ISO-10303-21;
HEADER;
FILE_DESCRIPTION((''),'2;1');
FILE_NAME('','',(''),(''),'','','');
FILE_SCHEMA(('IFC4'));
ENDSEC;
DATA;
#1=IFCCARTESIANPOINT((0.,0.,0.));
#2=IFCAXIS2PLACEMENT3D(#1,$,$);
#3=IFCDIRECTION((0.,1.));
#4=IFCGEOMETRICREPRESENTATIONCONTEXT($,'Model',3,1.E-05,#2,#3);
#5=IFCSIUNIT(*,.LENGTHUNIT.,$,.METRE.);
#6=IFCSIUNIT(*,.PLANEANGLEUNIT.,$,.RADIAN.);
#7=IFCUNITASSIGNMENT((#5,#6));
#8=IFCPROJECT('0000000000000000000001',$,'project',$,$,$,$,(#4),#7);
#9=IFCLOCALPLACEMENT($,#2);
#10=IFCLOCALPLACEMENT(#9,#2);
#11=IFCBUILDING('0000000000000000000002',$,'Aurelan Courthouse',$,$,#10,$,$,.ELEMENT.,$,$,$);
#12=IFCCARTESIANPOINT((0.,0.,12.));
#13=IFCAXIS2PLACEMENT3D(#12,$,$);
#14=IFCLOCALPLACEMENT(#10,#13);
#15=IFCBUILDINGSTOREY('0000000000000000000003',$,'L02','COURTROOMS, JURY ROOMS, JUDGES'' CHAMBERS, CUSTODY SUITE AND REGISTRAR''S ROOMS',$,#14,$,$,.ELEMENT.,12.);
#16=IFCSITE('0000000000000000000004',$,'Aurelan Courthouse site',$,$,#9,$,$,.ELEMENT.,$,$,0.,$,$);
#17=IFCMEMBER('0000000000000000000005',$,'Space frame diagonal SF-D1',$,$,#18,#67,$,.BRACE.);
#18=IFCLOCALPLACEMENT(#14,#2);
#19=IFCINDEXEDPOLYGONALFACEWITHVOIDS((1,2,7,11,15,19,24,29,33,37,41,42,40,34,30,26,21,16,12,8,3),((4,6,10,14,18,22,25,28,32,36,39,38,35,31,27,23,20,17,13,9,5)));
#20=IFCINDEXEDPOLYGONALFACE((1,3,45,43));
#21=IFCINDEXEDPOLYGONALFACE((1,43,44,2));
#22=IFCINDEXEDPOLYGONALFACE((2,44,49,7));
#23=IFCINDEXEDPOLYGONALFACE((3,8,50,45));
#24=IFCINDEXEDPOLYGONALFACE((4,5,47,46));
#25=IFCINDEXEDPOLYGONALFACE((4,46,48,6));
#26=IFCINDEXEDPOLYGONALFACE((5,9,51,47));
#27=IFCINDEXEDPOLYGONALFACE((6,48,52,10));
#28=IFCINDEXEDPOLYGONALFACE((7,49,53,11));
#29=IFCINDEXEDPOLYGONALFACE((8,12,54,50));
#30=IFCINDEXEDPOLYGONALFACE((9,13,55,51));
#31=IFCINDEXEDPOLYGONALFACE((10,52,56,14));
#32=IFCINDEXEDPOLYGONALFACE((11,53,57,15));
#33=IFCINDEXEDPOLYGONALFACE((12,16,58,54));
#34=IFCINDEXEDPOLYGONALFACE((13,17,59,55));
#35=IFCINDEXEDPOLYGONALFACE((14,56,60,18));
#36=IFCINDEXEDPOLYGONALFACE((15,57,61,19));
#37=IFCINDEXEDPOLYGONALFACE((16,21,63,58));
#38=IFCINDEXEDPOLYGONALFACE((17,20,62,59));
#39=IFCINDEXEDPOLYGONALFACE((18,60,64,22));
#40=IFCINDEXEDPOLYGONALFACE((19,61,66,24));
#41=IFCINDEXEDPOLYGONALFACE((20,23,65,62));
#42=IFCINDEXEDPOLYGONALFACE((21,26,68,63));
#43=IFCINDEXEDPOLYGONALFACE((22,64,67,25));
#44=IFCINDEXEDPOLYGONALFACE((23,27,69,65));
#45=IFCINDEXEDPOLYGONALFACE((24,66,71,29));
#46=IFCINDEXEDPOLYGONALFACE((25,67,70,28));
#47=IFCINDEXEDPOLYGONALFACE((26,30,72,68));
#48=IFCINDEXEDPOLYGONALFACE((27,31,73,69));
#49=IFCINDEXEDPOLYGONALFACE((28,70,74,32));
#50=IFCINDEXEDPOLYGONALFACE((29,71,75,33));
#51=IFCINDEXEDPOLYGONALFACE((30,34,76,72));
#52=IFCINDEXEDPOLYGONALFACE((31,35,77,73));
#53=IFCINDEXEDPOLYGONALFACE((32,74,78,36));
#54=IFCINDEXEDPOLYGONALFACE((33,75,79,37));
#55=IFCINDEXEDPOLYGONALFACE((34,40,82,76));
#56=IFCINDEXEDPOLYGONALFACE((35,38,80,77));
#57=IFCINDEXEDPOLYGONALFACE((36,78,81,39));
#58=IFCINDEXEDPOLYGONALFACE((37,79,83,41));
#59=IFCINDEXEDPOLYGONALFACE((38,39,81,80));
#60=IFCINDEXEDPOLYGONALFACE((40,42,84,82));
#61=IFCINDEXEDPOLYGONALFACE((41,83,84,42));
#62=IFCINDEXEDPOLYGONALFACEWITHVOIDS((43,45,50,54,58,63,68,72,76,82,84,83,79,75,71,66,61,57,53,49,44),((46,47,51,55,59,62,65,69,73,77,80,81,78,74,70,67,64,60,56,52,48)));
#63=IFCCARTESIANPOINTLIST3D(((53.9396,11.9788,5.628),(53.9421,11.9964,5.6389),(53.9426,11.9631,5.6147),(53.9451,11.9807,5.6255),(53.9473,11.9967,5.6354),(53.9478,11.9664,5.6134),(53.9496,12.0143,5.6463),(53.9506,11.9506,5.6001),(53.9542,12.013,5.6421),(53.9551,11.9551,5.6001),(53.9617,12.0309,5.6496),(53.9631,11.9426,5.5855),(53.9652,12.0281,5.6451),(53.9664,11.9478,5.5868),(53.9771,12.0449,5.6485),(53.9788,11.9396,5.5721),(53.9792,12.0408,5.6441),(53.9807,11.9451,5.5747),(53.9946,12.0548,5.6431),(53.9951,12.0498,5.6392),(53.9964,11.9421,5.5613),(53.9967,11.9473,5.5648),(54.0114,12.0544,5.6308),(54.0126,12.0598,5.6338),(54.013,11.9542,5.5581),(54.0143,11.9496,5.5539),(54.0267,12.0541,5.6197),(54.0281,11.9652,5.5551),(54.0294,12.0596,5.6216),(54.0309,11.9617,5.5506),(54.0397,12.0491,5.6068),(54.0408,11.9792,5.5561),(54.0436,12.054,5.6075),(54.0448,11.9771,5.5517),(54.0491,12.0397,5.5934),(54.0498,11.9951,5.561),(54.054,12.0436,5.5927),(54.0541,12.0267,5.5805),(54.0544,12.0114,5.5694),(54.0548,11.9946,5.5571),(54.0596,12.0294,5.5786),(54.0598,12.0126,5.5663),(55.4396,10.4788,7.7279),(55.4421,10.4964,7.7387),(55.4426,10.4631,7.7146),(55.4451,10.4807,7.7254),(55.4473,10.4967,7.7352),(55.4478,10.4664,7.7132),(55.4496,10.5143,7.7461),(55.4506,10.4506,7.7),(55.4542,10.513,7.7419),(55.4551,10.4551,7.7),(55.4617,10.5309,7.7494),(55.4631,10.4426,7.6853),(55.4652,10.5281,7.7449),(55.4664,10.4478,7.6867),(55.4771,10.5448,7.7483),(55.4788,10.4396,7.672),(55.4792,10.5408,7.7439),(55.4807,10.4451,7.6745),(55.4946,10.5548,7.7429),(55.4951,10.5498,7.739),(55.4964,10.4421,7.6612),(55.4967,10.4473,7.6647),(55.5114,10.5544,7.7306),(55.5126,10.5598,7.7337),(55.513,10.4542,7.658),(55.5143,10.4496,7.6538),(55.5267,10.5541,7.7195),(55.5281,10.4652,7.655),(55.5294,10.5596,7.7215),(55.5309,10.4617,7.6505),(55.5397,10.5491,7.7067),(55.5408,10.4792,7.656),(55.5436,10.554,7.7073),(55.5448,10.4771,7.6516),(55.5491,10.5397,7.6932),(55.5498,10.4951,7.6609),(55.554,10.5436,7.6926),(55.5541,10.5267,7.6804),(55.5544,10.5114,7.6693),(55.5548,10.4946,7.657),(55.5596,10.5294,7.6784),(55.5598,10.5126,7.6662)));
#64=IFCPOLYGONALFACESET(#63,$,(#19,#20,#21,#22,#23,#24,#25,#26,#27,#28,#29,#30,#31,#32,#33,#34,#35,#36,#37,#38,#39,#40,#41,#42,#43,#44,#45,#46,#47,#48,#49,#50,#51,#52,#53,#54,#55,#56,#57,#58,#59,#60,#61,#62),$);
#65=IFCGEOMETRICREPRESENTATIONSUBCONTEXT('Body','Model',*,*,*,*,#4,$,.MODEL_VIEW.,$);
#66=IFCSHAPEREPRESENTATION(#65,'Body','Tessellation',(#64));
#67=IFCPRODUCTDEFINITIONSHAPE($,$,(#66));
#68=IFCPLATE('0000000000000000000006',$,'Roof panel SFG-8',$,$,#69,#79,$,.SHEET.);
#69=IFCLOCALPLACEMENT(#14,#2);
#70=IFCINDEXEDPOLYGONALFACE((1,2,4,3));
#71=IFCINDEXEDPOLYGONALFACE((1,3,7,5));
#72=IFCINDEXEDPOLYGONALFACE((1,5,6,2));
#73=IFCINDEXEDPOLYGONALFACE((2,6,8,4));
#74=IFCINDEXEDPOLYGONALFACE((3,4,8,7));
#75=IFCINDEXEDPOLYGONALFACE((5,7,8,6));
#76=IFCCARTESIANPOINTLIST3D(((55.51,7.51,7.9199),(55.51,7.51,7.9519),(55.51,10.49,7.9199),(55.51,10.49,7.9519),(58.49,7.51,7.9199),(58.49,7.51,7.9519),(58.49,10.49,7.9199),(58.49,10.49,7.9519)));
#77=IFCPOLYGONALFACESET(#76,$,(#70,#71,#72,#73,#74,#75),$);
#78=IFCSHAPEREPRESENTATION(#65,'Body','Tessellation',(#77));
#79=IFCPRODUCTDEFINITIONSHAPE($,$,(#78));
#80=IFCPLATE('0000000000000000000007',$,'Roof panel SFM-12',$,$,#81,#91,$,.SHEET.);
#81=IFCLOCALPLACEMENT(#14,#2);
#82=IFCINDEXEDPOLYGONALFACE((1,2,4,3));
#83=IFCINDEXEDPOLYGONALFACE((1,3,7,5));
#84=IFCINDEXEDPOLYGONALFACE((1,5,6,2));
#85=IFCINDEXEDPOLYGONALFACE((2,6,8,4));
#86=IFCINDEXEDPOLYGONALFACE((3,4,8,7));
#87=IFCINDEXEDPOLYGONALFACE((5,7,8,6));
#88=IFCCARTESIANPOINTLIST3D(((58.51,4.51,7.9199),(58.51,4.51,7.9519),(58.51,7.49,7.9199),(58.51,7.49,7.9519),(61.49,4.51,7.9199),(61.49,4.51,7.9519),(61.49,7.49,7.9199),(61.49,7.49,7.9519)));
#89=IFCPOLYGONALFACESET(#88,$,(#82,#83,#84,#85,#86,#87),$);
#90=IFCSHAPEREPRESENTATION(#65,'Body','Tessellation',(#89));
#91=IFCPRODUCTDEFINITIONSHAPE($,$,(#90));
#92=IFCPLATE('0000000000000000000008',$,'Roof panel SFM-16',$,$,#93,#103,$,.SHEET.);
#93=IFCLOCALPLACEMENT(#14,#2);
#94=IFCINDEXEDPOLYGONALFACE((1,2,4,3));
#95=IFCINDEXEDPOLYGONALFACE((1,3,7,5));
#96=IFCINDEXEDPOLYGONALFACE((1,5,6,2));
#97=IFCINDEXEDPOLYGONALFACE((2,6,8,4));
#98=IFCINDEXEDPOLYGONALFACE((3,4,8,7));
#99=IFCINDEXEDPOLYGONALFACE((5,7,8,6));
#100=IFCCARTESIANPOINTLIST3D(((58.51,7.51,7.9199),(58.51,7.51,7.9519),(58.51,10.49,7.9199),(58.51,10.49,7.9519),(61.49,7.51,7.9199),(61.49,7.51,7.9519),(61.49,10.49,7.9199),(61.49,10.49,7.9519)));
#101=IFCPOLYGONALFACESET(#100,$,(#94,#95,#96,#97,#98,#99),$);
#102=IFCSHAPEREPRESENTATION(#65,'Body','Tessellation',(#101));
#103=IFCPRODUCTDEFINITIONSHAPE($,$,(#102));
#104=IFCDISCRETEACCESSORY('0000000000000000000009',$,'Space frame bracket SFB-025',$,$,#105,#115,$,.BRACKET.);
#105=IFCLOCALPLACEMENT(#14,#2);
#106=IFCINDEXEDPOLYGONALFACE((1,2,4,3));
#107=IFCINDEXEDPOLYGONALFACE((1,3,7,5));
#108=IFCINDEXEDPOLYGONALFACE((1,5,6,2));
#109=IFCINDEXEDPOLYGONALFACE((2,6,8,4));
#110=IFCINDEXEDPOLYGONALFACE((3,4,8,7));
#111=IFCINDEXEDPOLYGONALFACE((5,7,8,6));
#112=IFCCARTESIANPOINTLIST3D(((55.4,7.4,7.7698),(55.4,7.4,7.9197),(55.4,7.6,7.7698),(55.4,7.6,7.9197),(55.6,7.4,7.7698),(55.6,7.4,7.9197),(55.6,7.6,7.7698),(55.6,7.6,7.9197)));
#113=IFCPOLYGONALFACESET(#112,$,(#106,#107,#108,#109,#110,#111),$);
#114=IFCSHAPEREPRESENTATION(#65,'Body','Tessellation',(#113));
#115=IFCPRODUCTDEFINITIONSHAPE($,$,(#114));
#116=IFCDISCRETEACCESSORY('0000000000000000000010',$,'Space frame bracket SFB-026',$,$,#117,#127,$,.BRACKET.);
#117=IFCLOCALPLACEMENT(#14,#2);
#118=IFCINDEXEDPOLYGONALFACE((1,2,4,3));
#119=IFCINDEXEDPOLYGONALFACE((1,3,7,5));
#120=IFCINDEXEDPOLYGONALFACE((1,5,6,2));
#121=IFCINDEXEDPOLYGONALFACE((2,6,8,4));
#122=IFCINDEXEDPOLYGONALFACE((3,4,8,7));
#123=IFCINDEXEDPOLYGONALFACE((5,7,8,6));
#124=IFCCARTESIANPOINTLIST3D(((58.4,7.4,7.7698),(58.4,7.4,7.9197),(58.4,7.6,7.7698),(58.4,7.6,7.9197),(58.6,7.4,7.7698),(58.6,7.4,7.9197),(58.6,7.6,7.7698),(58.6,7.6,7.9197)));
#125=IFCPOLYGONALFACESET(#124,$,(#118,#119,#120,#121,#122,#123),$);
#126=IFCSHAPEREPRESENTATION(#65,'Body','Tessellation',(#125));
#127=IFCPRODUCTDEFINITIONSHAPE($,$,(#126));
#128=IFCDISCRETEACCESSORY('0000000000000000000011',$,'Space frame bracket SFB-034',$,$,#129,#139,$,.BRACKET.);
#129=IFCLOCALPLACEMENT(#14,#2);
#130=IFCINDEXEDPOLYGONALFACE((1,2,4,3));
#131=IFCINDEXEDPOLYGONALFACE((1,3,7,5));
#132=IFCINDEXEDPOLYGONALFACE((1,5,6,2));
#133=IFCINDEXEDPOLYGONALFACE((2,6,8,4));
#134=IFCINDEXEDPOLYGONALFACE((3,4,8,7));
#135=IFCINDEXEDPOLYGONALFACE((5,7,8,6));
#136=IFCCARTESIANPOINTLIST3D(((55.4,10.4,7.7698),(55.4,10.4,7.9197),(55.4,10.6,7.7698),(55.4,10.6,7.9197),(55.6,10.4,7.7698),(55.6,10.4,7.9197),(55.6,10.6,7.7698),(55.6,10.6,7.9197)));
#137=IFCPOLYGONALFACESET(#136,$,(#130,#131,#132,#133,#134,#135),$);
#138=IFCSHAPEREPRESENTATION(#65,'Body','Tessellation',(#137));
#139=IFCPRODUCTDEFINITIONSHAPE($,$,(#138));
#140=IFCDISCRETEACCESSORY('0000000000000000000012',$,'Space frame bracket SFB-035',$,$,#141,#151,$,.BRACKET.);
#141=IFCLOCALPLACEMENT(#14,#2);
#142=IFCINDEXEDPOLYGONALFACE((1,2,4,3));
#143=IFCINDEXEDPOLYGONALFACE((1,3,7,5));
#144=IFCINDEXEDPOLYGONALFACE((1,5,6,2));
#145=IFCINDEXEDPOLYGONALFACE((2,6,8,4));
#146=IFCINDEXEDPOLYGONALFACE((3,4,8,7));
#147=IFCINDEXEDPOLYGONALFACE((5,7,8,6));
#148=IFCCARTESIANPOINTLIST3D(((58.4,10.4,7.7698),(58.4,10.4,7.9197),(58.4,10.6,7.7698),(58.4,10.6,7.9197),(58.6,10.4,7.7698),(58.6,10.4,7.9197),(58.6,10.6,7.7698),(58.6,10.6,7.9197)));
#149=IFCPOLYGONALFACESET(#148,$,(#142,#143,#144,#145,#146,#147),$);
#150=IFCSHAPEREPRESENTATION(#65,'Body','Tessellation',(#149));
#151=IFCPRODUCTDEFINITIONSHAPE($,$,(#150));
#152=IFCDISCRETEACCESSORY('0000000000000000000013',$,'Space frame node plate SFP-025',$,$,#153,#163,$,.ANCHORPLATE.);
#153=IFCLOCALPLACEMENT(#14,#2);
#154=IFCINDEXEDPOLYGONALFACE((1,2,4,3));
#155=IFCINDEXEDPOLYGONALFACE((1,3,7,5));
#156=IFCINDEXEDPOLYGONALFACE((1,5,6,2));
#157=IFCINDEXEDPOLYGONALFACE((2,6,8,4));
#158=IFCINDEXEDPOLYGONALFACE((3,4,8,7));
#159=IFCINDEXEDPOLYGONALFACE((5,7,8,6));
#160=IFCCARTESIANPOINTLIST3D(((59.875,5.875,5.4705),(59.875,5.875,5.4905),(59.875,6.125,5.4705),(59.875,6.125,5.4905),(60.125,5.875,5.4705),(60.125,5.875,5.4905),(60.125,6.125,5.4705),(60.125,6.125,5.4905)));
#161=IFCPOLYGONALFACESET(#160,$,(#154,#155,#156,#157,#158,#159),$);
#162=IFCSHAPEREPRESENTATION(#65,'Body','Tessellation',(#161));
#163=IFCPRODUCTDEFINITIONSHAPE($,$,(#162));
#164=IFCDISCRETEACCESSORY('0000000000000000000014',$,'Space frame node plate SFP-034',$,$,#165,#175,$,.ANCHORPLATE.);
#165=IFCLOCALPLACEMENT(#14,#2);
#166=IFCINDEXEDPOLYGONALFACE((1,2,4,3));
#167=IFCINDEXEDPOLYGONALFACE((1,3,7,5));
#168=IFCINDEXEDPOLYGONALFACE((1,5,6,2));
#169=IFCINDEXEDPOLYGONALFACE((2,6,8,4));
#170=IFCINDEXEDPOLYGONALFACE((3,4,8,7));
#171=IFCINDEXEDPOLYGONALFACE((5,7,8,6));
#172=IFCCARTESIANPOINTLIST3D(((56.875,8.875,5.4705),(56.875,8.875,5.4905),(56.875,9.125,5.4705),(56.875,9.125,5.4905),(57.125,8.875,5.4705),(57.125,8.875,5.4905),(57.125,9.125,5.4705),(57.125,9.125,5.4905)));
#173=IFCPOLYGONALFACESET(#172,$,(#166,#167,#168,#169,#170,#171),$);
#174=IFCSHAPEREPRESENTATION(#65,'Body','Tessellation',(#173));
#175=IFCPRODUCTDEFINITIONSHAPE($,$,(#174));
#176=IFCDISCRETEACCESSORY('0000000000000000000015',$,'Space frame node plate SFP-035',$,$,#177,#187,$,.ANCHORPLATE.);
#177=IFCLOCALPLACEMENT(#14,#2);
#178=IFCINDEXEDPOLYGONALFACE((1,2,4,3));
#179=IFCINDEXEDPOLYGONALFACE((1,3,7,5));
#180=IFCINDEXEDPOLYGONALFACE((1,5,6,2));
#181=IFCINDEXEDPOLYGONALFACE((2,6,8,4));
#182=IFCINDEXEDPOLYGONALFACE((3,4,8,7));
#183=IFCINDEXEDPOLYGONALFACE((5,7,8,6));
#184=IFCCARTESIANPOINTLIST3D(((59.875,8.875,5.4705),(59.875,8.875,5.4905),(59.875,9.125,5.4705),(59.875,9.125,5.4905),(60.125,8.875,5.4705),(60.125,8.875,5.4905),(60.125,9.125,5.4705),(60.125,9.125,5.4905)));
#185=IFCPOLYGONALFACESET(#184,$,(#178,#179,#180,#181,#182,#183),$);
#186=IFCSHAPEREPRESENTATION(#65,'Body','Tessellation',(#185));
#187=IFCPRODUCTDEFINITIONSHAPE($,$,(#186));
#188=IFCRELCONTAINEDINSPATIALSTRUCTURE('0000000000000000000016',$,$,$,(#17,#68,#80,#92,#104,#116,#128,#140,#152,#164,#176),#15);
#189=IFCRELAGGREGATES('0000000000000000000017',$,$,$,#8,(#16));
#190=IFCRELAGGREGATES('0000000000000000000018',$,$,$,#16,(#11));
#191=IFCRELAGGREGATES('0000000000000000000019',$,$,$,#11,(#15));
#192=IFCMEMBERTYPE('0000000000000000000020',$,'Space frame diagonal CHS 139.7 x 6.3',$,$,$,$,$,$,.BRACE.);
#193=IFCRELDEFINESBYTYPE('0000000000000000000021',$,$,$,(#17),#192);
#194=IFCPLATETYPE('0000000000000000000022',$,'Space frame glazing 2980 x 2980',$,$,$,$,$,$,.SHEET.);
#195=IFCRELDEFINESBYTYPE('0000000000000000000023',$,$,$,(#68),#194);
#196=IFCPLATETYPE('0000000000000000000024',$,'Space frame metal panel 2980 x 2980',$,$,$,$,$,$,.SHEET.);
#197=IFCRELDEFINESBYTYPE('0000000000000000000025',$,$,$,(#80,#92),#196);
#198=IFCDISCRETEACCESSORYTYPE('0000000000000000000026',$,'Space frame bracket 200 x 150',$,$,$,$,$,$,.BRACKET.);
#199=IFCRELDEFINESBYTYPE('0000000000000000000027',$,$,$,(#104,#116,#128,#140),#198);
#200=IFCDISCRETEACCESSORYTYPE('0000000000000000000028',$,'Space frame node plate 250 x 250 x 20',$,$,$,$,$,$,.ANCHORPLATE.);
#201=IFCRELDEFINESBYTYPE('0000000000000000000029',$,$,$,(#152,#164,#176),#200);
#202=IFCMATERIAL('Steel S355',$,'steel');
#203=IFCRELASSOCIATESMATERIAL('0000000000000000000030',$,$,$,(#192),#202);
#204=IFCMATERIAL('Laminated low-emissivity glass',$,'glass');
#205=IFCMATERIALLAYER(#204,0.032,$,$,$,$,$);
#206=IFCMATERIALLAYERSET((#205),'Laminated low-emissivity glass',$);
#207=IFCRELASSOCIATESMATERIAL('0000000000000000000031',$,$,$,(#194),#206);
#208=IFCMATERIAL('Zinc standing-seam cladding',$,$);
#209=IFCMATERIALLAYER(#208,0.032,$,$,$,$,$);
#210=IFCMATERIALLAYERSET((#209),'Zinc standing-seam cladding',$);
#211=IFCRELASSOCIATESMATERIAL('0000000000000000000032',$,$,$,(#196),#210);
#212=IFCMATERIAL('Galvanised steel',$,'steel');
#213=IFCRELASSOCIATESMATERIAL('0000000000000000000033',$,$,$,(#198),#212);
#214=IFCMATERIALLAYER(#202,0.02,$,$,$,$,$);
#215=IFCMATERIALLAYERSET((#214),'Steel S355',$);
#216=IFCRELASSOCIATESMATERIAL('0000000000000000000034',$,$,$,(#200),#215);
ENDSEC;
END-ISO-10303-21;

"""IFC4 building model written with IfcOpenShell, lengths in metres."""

from ifc_helpers import new_model, si_unit, direction, frame, origin, origin_2d, place, context, subcontext, project, spatial, rectangle, hollow_circle, extrude, material, layer, layer_set, material_profile, profile_set, type_object, element, save


model = new_model("IFC4")

# Units and contexts
model_context = context("Model", 3, precision=1e-05, world=origin(), true_north=direction((0.0, 1.0)))
body_context = subcontext(model_context, "Body", "Model", "MODEL_VIEW")
ifc_project = project(units=[si_unit("LENGTHUNIT", "METRE"), si_unit("PLANEANGLEUNIT", "RADIAN")], contexts=[model_context])

# Site, building, storey
site_placement = place(None, origin())
site = spatial("IfcSite", under=ifc_project, at=site_placement, Name="Aurelan Courthouse site", CompositionType="ELEMENT", RefElevation=0.0)
building_placement = place(site_placement, origin())
building = spatial("IfcBuilding", under=site, at=building_placement, Name="Aurelan Courthouse", CompositionType="ELEMENT")
storey_placement = place(building_placement, frame((0.0, 0.0, 12.0)))
storey = spatial("IfcBuildingStorey", under=building, at=storey_placement, Name="L02", Description="COURTROOMS, JURY ROOMS, JUDGES' CHAMBERS, CUSTODY SUITE AND REGISTRAR'S ROOMS", CompositionType="ELEMENT", Elevation=12.0)

# Member
ifc_material_1 = material(Name="Steel S355", Category="steel")
ifc_material_profile_1 = material_profile(ifc_material_1, hollow_circle(Radius=0.0698, WallThickness=0.0063, at=origin_2d()), Name="CHS 139.7 x 6.3")
ifc_profile_set_1 = profile_set([ifc_material_profile_1], Name="Steel S355")
member_type_1 = type_object("IfcMemberType", Name="Space frame diagonal CHS 139.7 x 6.3", PredefinedType="BRACE", material=ifc_profile_set_1)
member_placement = place(storey_placement, frame((55.5, 10.5, 7.7), z_axis=(-0.502536, 0.502536, -0.703502), x_axis=(-0.707107, -0.707107, 0.0)))
element("IfcMember", 1, at=member_placement, inside=storey, type_object=member_type_1, Name="Space frame diagonal SF-D1", PredefinedType="BRACE", context=body_context, shape_type="SweptSolid", body=[
    extrude(hollow_circle(Radius=0.0698, WallThickness=0.0063, at=origin_2d()), origin(), (0.0, 0.0, 1.0), 2.9849),
])

# Plates
ifc_material_2 = material(Name="Laminated low-emissivity glass", Category="glass")
ifc_layer_1 = layer(ifc_material_2, 0.032)
ifc_layer_set_1 = layer_set([ifc_layer_1], Name="Laminated low-emissivity glass")
plate_type_1 = type_object("IfcPlateType", Name="Space frame glazing 2980 x 2980", PredefinedType="SHEET", material=ifc_layer_set_1)
plate_placement = place(storey_placement, frame((57.0, 9.0, 7.9199), z_axis=(0.0, 0.0, 1.0), x_axis=(1.0, 0.0, 0.0)))
element("IfcPlate", 2, at=plate_placement, inside=storey, type_object=plate_type_1, Name="Roof panel SFG-8", PredefinedType="SHEET", context=body_context, shape_type="SweptSolid", body=[
    extrude(rectangle(XDim=2.98, YDim=2.98, at=origin_2d()), origin(), (0.0, 0.0, 1.0), 0.032),
])
ifc_material_3 = material(Name="Zinc standing-seam cladding")
ifc_layer_2 = layer(ifc_material_3, 0.032)
ifc_layer_set_2 = layer_set([ifc_layer_2], Name="Zinc standing-seam cladding")
plate_type_2 = type_object("IfcPlateType", Name="Space frame metal panel 2980 x 2980", PredefinedType="SHEET", material=ifc_layer_set_2)
for number, where, z_axis, x_axis, name in (
    (3, (60.0, 6.0, 7.9199), (0.0, 0.0, 1.0), (1.0, 0.0, 0.0), "Roof panel SFM-12"),
    (4, (60.0, 9.0, 7.9199), (0.0, 0.0, 1.0), (1.0, 0.0, 0.0), "Roof panel SFM-16"),
):
    element("IfcPlate", number, at=place(storey_placement, frame(where, z_axis=z_axis, x_axis=x_axis)), inside=storey, type_object=plate_type_2, Name=name, PredefinedType="SHEET", context=body_context, shape_type="SweptSolid", body=[
        extrude(rectangle(XDim=2.98, YDim=2.98, at=origin_2d()), origin(), (0.0, 0.0, 1.0), 0.032),
    ])

# Discrete accessories
ifc_material_4 = material(Name="Galvanised steel", Category="steel")
discrete_accessory_type_1 = type_object("IfcDiscreteAccessoryType", Name="Space frame bracket 200 x 150", PredefinedType="BRACKET", material=ifc_material_4)
for number, where, z_axis, x_axis, name in (
    (5, (55.5, 7.5, 7.7698), (0.0, 0.0, 1.0), (1.0, 0.0, 0.0), "Space frame bracket SFB-025"),
    (6, (58.5, 7.5, 7.7698), (0.0, 0.0, 1.0), (1.0, 0.0, 0.0), "Space frame bracket SFB-026"),
    (7, (55.5, 10.5, 7.7698), (0.0, 0.0, 1.0), (1.0, 0.0, 0.0), "Space frame bracket SFB-034"),
    (8, (58.5, 10.5, 7.7698), (0.0, 0.0, 1.0), (1.0, 0.0, 0.0), "Space frame bracket SFB-035"),
):
    element("IfcDiscreteAccessory", number, at=place(storey_placement, frame(where, z_axis=z_axis, x_axis=x_axis)), inside=storey, type_object=discrete_accessory_type_1, Name=name, PredefinedType="BRACKET", context=body_context, shape_type="SweptSolid", body=[
        extrude(rectangle(XDim=0.2, YDim=0.2, at=origin_2d()), origin(), (0.0, 0.0, 1.0), 0.1499),
    ])
ifc_layer_3 = layer(ifc_material_1, 0.02)
ifc_layer_set_3 = layer_set([ifc_layer_3], Name="Steel S355")
discrete_accessory_type_2 = type_object("IfcDiscreteAccessoryType", Name="Space frame node plate 250 x 250 x 20", PredefinedType="ANCHORPLATE", material=ifc_layer_set_3)
for number, where, z_axis, x_axis, name in (
    (9, (60.0, 6.0, 5.4705), (0.0, 0.0, 1.0), (1.0, 0.0, 0.0), "Space frame node plate SFP-025"),
    (10, (57.0, 9.0, 5.4705), (0.0, 0.0, 1.0), (1.0, 0.0, 0.0), "Space frame node plate SFP-034"),
    (11, (60.0, 9.0, 5.4705), (0.0, 0.0, 1.0), (1.0, 0.0, 0.0), "Space frame node plate SFP-035"),
):
    element("IfcDiscreteAccessory", number, at=place(storey_placement, frame(where, z_axis=z_axis, x_axis=x_axis)), inside=storey, type_object=discrete_accessory_type_2, Name=name, PredefinedType="ANCHORPLATE", context=body_context, shape_type="SweptSolid", body=[
        extrude(rectangle(XDim=0.25, YDim=0.25, at=origin_2d()), origin(), (0.0, 0.0, 1.0), 0.02),
    ])

save(model, "model.ifc")
